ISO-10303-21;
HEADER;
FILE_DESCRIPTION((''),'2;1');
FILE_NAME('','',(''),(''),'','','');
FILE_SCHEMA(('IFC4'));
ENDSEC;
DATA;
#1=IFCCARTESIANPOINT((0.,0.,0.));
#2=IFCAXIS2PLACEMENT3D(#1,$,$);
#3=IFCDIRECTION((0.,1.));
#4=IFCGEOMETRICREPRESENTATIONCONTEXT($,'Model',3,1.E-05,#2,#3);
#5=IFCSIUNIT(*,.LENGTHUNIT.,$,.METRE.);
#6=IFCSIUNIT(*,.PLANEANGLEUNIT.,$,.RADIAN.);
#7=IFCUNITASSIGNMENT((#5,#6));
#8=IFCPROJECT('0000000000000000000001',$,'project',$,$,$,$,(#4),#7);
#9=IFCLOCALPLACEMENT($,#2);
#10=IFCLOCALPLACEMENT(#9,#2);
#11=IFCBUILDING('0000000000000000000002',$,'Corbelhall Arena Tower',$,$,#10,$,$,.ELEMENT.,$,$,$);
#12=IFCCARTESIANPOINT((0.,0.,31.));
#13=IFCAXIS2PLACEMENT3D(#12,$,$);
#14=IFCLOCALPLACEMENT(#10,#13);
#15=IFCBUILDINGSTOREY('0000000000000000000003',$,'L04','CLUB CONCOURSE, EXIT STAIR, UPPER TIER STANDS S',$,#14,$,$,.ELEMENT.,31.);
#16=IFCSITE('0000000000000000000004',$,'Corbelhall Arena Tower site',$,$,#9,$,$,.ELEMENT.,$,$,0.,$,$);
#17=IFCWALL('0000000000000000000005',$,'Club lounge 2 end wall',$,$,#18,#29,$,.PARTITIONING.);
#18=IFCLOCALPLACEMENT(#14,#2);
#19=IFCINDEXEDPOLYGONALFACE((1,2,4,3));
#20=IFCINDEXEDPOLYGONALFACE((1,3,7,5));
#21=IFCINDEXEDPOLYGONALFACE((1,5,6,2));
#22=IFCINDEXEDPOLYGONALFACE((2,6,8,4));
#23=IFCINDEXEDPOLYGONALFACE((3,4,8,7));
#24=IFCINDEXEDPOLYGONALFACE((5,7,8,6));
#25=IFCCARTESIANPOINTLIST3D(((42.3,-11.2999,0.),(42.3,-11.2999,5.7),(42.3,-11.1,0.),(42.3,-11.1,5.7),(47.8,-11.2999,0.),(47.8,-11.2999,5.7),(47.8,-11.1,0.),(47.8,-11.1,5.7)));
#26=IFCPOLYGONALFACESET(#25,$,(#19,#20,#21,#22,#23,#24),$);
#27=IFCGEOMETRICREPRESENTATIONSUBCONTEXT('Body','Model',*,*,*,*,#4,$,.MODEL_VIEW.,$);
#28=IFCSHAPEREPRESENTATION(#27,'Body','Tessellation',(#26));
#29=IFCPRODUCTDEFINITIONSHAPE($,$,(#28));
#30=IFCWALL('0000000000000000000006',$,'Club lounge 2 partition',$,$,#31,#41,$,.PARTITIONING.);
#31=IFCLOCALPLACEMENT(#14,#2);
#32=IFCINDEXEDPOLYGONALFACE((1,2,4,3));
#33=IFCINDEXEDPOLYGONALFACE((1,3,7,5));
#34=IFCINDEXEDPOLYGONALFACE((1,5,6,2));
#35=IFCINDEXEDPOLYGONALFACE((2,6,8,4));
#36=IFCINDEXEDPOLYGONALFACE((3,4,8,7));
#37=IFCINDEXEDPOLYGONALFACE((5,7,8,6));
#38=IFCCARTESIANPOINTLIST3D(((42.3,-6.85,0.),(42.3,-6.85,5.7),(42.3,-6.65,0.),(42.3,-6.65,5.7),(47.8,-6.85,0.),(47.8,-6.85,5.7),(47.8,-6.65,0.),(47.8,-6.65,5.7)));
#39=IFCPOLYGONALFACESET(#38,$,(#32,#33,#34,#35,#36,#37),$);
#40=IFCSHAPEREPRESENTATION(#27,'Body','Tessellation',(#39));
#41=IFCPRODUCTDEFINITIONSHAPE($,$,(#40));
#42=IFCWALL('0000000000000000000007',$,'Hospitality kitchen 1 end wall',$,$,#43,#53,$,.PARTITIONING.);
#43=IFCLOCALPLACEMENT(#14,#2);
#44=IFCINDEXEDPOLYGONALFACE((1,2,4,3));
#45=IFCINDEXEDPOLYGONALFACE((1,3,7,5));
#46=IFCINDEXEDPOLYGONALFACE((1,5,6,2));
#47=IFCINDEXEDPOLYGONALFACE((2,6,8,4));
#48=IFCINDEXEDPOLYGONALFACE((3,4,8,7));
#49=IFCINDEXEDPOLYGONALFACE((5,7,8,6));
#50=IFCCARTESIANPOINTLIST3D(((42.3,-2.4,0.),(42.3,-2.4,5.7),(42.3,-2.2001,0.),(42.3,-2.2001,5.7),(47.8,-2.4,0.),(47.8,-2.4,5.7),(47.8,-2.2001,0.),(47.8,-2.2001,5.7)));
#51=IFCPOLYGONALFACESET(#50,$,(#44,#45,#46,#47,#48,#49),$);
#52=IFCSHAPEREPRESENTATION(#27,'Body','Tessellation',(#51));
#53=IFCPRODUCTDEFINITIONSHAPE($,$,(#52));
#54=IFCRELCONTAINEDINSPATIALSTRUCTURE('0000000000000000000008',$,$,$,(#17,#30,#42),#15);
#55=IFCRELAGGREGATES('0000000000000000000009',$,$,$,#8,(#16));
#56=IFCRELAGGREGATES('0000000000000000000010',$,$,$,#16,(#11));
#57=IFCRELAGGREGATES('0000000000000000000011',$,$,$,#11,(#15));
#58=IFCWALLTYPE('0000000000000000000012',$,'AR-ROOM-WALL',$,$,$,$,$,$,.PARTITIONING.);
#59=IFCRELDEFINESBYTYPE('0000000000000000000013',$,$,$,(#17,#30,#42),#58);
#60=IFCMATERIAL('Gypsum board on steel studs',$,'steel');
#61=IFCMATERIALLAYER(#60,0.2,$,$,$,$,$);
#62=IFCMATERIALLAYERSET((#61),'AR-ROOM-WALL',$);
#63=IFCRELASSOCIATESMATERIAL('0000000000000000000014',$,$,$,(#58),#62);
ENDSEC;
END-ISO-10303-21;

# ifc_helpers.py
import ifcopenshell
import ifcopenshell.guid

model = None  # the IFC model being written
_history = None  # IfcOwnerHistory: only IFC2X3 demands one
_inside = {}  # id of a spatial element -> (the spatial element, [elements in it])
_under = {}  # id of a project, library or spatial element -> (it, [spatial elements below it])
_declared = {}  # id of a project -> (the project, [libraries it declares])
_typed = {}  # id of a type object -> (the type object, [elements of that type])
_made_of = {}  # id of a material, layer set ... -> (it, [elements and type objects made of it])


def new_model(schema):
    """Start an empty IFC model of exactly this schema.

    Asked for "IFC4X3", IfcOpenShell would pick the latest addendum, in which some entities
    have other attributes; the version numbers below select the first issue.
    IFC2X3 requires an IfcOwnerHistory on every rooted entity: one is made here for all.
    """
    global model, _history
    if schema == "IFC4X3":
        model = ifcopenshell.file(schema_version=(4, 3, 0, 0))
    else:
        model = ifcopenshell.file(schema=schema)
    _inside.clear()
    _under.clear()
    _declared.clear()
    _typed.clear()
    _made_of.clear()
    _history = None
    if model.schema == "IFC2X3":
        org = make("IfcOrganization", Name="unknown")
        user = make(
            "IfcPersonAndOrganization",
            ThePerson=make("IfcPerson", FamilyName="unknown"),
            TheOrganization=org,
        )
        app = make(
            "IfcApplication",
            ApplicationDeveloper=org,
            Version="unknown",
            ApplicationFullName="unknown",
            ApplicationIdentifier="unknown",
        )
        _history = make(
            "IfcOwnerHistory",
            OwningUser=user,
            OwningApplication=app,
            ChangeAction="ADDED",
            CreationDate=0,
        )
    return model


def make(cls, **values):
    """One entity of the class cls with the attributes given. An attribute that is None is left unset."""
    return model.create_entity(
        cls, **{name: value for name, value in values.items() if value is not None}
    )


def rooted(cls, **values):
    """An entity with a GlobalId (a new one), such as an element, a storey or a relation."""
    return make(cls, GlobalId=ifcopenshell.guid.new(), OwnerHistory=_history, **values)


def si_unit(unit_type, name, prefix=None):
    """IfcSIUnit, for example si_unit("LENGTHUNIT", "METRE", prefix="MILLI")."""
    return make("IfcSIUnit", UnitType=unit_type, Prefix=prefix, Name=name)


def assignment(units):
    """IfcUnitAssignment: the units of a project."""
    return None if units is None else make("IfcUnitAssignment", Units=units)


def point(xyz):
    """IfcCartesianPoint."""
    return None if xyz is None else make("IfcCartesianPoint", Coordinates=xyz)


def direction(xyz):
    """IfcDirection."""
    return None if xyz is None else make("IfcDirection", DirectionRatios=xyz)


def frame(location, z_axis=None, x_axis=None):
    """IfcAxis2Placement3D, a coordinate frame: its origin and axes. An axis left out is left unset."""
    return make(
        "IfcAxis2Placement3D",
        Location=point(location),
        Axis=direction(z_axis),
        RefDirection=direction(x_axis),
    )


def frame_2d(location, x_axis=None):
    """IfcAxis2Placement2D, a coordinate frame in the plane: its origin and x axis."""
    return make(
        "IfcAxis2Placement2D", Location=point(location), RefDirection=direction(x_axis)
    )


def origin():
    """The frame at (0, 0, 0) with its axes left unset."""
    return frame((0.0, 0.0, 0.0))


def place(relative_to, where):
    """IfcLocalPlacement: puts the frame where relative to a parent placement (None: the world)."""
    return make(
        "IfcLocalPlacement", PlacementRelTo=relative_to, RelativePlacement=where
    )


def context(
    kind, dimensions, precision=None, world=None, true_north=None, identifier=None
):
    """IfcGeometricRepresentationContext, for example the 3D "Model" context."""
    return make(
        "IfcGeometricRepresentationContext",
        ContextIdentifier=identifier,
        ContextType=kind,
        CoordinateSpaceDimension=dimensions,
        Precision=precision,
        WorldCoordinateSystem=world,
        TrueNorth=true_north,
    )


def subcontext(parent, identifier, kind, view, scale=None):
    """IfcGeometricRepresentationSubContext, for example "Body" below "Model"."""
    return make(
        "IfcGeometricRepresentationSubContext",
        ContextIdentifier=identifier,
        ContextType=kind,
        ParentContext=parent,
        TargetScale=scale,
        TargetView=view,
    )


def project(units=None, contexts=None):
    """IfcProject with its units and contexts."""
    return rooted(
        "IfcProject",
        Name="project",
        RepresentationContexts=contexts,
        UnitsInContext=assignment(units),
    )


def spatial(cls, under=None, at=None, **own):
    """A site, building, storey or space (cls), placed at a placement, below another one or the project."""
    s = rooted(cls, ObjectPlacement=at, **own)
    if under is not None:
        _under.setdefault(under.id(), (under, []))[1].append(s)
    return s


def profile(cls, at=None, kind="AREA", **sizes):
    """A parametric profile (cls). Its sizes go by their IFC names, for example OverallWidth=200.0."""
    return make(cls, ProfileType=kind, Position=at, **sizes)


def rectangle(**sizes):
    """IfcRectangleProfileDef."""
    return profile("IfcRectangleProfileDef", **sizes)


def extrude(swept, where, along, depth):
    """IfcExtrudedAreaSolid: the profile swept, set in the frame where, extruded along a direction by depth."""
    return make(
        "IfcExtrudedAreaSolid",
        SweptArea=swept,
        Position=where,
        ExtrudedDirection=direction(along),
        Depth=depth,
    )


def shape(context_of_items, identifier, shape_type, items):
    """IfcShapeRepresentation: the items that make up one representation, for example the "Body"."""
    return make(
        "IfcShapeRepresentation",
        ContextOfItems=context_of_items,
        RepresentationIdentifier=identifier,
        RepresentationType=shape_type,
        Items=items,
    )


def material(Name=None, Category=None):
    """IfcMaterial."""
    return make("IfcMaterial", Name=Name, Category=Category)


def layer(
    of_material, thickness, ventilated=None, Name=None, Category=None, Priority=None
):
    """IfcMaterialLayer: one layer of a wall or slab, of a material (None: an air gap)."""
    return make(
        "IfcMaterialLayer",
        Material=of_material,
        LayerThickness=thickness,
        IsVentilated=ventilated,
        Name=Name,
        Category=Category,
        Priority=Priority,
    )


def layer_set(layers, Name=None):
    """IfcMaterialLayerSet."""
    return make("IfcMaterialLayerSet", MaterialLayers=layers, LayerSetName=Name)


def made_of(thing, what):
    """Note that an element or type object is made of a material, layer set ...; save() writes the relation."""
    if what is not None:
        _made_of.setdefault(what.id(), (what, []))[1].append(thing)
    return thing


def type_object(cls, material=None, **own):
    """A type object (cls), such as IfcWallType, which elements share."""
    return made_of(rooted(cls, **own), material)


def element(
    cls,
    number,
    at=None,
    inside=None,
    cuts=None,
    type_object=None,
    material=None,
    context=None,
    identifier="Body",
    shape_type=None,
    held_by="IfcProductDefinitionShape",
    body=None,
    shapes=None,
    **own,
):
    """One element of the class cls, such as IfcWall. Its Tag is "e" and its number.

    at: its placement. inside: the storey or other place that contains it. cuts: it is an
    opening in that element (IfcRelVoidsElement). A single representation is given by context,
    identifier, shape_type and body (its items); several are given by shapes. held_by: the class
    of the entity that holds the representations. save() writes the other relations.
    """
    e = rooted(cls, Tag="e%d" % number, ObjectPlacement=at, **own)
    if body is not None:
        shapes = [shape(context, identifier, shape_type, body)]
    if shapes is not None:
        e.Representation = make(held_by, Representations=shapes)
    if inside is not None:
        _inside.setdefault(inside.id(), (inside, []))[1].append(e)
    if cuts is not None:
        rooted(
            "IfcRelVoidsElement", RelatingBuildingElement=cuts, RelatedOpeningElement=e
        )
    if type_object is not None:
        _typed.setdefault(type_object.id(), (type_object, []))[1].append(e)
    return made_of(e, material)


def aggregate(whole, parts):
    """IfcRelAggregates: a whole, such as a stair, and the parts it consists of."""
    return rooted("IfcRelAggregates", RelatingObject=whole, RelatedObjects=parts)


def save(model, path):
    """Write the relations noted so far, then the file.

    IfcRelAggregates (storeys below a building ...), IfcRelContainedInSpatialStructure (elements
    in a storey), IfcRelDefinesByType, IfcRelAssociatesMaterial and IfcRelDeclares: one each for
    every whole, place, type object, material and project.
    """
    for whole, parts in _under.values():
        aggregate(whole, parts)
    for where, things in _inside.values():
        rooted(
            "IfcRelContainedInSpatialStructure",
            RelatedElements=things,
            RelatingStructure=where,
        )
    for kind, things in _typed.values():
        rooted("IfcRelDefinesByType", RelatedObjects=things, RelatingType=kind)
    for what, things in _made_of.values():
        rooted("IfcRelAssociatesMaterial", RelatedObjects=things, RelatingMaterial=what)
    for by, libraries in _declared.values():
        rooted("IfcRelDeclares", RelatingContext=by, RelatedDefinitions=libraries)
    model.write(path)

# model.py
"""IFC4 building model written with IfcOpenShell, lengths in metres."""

from ifc_helpers import new_model, si_unit, direction, frame, frame_2d, origin, place, context, subcontext, project, spatial, rectangle, extrude, material, layer, layer_set, type_object, element, save


model = new_model("IFC4")

# Units and contexts
model_context = context("Model", 3, precision=1e-05, world=origin(), true_north=direction((0.0, 1.0)))
body_context = subcontext(model_context, "Body", "Model", "MODEL_VIEW")
ifc_project = project(units=[si_unit("LENGTHUNIT", "METRE"), si_unit("PLANEANGLEUNIT", "RADIAN")], contexts=[model_context])

# Site, building, storey
site_placement = place(None, origin())
site = spatial("IfcSite", under=ifc_project, at=site_placement, Name="Corbelhall Arena Tower site", CompositionType="ELEMENT", RefElevation=0.0)
building_placement = place(site_placement, origin())
building = spatial("IfcBuilding", under=site, at=building_placement, Name="Corbelhall Arena Tower", CompositionType="ELEMENT")
storey_placement = place(building_placement, frame((0.0, 0.0, 31.0)))
storey = spatial("IfcBuildingStorey", under=building, at=storey_placement, Name="L04", Description="CLUB CONCOURSE, EXIT STAIR, UPPER TIER STANDS S", CompositionType="ELEMENT", Elevation=31.0)

# Shared definitions
ifc_material_1 = material(Name="Gypsum board on steel studs", Category="steel")
ifc_layer_1 = layer(ifc_material_1, 0.2)
ifc_layer_set_1 = layer_set([ifc_layer_1], Name="AR-ROOM-WALL")
wall_type = type_object("IfcWallType", Name="AR-ROOM-WALL", PredefinedType="PARTITIONING", material=ifc_layer_set_1)

# Walls
for number, where, z_axis, x_axis, name in (
    (1, (42.3, -11.2, 0.0), (0.0, 0.0, 1.0), (1.0, 0.0, 0.0), "Club lounge 2 end wall"),
    (2, (42.3, -6.75, 0.0), (0.0, 0.0, 1.0), (1.0, 0.0, 0.0), "Club lounge 2 partition"),
):
    element("IfcWall", number, at=place(storey_placement, frame(where, z_axis=z_axis, x_axis=x_axis)), inside=storey, type_object=wall_type, Name=name, PredefinedType="PARTITIONING", context=body_context, shape_type="SweptSolid", body=[
        extrude(rectangle(XDim=5.5, YDim=0.2, at=frame_2d((2.75, 0.0))), origin(), (0.0, 0.0, 1.0), 5.7),
    ])

# Wall
wall_1_placement = place(storey_placement, frame((42.3, -2.3, 0.0), z_axis=(0.0, 0.0, 1.0), x_axis=(1.0, 0.0, 0.0)))
element("IfcWall", 3, at=wall_1_placement, inside=storey, type_object=wall_type, Name="Hospitality kitchen 1 end wall", PredefinedType="PARTITIONING", context=body_context, shape_type="SweptSolid", body=[
    extrude(rectangle(XDim=5.5, YDim=0.2, at=frame_2d((2.75, 0.0))), origin(), (0.0, 0.0, 1.0), 5.7),
])

save(model, "model.ifc")
